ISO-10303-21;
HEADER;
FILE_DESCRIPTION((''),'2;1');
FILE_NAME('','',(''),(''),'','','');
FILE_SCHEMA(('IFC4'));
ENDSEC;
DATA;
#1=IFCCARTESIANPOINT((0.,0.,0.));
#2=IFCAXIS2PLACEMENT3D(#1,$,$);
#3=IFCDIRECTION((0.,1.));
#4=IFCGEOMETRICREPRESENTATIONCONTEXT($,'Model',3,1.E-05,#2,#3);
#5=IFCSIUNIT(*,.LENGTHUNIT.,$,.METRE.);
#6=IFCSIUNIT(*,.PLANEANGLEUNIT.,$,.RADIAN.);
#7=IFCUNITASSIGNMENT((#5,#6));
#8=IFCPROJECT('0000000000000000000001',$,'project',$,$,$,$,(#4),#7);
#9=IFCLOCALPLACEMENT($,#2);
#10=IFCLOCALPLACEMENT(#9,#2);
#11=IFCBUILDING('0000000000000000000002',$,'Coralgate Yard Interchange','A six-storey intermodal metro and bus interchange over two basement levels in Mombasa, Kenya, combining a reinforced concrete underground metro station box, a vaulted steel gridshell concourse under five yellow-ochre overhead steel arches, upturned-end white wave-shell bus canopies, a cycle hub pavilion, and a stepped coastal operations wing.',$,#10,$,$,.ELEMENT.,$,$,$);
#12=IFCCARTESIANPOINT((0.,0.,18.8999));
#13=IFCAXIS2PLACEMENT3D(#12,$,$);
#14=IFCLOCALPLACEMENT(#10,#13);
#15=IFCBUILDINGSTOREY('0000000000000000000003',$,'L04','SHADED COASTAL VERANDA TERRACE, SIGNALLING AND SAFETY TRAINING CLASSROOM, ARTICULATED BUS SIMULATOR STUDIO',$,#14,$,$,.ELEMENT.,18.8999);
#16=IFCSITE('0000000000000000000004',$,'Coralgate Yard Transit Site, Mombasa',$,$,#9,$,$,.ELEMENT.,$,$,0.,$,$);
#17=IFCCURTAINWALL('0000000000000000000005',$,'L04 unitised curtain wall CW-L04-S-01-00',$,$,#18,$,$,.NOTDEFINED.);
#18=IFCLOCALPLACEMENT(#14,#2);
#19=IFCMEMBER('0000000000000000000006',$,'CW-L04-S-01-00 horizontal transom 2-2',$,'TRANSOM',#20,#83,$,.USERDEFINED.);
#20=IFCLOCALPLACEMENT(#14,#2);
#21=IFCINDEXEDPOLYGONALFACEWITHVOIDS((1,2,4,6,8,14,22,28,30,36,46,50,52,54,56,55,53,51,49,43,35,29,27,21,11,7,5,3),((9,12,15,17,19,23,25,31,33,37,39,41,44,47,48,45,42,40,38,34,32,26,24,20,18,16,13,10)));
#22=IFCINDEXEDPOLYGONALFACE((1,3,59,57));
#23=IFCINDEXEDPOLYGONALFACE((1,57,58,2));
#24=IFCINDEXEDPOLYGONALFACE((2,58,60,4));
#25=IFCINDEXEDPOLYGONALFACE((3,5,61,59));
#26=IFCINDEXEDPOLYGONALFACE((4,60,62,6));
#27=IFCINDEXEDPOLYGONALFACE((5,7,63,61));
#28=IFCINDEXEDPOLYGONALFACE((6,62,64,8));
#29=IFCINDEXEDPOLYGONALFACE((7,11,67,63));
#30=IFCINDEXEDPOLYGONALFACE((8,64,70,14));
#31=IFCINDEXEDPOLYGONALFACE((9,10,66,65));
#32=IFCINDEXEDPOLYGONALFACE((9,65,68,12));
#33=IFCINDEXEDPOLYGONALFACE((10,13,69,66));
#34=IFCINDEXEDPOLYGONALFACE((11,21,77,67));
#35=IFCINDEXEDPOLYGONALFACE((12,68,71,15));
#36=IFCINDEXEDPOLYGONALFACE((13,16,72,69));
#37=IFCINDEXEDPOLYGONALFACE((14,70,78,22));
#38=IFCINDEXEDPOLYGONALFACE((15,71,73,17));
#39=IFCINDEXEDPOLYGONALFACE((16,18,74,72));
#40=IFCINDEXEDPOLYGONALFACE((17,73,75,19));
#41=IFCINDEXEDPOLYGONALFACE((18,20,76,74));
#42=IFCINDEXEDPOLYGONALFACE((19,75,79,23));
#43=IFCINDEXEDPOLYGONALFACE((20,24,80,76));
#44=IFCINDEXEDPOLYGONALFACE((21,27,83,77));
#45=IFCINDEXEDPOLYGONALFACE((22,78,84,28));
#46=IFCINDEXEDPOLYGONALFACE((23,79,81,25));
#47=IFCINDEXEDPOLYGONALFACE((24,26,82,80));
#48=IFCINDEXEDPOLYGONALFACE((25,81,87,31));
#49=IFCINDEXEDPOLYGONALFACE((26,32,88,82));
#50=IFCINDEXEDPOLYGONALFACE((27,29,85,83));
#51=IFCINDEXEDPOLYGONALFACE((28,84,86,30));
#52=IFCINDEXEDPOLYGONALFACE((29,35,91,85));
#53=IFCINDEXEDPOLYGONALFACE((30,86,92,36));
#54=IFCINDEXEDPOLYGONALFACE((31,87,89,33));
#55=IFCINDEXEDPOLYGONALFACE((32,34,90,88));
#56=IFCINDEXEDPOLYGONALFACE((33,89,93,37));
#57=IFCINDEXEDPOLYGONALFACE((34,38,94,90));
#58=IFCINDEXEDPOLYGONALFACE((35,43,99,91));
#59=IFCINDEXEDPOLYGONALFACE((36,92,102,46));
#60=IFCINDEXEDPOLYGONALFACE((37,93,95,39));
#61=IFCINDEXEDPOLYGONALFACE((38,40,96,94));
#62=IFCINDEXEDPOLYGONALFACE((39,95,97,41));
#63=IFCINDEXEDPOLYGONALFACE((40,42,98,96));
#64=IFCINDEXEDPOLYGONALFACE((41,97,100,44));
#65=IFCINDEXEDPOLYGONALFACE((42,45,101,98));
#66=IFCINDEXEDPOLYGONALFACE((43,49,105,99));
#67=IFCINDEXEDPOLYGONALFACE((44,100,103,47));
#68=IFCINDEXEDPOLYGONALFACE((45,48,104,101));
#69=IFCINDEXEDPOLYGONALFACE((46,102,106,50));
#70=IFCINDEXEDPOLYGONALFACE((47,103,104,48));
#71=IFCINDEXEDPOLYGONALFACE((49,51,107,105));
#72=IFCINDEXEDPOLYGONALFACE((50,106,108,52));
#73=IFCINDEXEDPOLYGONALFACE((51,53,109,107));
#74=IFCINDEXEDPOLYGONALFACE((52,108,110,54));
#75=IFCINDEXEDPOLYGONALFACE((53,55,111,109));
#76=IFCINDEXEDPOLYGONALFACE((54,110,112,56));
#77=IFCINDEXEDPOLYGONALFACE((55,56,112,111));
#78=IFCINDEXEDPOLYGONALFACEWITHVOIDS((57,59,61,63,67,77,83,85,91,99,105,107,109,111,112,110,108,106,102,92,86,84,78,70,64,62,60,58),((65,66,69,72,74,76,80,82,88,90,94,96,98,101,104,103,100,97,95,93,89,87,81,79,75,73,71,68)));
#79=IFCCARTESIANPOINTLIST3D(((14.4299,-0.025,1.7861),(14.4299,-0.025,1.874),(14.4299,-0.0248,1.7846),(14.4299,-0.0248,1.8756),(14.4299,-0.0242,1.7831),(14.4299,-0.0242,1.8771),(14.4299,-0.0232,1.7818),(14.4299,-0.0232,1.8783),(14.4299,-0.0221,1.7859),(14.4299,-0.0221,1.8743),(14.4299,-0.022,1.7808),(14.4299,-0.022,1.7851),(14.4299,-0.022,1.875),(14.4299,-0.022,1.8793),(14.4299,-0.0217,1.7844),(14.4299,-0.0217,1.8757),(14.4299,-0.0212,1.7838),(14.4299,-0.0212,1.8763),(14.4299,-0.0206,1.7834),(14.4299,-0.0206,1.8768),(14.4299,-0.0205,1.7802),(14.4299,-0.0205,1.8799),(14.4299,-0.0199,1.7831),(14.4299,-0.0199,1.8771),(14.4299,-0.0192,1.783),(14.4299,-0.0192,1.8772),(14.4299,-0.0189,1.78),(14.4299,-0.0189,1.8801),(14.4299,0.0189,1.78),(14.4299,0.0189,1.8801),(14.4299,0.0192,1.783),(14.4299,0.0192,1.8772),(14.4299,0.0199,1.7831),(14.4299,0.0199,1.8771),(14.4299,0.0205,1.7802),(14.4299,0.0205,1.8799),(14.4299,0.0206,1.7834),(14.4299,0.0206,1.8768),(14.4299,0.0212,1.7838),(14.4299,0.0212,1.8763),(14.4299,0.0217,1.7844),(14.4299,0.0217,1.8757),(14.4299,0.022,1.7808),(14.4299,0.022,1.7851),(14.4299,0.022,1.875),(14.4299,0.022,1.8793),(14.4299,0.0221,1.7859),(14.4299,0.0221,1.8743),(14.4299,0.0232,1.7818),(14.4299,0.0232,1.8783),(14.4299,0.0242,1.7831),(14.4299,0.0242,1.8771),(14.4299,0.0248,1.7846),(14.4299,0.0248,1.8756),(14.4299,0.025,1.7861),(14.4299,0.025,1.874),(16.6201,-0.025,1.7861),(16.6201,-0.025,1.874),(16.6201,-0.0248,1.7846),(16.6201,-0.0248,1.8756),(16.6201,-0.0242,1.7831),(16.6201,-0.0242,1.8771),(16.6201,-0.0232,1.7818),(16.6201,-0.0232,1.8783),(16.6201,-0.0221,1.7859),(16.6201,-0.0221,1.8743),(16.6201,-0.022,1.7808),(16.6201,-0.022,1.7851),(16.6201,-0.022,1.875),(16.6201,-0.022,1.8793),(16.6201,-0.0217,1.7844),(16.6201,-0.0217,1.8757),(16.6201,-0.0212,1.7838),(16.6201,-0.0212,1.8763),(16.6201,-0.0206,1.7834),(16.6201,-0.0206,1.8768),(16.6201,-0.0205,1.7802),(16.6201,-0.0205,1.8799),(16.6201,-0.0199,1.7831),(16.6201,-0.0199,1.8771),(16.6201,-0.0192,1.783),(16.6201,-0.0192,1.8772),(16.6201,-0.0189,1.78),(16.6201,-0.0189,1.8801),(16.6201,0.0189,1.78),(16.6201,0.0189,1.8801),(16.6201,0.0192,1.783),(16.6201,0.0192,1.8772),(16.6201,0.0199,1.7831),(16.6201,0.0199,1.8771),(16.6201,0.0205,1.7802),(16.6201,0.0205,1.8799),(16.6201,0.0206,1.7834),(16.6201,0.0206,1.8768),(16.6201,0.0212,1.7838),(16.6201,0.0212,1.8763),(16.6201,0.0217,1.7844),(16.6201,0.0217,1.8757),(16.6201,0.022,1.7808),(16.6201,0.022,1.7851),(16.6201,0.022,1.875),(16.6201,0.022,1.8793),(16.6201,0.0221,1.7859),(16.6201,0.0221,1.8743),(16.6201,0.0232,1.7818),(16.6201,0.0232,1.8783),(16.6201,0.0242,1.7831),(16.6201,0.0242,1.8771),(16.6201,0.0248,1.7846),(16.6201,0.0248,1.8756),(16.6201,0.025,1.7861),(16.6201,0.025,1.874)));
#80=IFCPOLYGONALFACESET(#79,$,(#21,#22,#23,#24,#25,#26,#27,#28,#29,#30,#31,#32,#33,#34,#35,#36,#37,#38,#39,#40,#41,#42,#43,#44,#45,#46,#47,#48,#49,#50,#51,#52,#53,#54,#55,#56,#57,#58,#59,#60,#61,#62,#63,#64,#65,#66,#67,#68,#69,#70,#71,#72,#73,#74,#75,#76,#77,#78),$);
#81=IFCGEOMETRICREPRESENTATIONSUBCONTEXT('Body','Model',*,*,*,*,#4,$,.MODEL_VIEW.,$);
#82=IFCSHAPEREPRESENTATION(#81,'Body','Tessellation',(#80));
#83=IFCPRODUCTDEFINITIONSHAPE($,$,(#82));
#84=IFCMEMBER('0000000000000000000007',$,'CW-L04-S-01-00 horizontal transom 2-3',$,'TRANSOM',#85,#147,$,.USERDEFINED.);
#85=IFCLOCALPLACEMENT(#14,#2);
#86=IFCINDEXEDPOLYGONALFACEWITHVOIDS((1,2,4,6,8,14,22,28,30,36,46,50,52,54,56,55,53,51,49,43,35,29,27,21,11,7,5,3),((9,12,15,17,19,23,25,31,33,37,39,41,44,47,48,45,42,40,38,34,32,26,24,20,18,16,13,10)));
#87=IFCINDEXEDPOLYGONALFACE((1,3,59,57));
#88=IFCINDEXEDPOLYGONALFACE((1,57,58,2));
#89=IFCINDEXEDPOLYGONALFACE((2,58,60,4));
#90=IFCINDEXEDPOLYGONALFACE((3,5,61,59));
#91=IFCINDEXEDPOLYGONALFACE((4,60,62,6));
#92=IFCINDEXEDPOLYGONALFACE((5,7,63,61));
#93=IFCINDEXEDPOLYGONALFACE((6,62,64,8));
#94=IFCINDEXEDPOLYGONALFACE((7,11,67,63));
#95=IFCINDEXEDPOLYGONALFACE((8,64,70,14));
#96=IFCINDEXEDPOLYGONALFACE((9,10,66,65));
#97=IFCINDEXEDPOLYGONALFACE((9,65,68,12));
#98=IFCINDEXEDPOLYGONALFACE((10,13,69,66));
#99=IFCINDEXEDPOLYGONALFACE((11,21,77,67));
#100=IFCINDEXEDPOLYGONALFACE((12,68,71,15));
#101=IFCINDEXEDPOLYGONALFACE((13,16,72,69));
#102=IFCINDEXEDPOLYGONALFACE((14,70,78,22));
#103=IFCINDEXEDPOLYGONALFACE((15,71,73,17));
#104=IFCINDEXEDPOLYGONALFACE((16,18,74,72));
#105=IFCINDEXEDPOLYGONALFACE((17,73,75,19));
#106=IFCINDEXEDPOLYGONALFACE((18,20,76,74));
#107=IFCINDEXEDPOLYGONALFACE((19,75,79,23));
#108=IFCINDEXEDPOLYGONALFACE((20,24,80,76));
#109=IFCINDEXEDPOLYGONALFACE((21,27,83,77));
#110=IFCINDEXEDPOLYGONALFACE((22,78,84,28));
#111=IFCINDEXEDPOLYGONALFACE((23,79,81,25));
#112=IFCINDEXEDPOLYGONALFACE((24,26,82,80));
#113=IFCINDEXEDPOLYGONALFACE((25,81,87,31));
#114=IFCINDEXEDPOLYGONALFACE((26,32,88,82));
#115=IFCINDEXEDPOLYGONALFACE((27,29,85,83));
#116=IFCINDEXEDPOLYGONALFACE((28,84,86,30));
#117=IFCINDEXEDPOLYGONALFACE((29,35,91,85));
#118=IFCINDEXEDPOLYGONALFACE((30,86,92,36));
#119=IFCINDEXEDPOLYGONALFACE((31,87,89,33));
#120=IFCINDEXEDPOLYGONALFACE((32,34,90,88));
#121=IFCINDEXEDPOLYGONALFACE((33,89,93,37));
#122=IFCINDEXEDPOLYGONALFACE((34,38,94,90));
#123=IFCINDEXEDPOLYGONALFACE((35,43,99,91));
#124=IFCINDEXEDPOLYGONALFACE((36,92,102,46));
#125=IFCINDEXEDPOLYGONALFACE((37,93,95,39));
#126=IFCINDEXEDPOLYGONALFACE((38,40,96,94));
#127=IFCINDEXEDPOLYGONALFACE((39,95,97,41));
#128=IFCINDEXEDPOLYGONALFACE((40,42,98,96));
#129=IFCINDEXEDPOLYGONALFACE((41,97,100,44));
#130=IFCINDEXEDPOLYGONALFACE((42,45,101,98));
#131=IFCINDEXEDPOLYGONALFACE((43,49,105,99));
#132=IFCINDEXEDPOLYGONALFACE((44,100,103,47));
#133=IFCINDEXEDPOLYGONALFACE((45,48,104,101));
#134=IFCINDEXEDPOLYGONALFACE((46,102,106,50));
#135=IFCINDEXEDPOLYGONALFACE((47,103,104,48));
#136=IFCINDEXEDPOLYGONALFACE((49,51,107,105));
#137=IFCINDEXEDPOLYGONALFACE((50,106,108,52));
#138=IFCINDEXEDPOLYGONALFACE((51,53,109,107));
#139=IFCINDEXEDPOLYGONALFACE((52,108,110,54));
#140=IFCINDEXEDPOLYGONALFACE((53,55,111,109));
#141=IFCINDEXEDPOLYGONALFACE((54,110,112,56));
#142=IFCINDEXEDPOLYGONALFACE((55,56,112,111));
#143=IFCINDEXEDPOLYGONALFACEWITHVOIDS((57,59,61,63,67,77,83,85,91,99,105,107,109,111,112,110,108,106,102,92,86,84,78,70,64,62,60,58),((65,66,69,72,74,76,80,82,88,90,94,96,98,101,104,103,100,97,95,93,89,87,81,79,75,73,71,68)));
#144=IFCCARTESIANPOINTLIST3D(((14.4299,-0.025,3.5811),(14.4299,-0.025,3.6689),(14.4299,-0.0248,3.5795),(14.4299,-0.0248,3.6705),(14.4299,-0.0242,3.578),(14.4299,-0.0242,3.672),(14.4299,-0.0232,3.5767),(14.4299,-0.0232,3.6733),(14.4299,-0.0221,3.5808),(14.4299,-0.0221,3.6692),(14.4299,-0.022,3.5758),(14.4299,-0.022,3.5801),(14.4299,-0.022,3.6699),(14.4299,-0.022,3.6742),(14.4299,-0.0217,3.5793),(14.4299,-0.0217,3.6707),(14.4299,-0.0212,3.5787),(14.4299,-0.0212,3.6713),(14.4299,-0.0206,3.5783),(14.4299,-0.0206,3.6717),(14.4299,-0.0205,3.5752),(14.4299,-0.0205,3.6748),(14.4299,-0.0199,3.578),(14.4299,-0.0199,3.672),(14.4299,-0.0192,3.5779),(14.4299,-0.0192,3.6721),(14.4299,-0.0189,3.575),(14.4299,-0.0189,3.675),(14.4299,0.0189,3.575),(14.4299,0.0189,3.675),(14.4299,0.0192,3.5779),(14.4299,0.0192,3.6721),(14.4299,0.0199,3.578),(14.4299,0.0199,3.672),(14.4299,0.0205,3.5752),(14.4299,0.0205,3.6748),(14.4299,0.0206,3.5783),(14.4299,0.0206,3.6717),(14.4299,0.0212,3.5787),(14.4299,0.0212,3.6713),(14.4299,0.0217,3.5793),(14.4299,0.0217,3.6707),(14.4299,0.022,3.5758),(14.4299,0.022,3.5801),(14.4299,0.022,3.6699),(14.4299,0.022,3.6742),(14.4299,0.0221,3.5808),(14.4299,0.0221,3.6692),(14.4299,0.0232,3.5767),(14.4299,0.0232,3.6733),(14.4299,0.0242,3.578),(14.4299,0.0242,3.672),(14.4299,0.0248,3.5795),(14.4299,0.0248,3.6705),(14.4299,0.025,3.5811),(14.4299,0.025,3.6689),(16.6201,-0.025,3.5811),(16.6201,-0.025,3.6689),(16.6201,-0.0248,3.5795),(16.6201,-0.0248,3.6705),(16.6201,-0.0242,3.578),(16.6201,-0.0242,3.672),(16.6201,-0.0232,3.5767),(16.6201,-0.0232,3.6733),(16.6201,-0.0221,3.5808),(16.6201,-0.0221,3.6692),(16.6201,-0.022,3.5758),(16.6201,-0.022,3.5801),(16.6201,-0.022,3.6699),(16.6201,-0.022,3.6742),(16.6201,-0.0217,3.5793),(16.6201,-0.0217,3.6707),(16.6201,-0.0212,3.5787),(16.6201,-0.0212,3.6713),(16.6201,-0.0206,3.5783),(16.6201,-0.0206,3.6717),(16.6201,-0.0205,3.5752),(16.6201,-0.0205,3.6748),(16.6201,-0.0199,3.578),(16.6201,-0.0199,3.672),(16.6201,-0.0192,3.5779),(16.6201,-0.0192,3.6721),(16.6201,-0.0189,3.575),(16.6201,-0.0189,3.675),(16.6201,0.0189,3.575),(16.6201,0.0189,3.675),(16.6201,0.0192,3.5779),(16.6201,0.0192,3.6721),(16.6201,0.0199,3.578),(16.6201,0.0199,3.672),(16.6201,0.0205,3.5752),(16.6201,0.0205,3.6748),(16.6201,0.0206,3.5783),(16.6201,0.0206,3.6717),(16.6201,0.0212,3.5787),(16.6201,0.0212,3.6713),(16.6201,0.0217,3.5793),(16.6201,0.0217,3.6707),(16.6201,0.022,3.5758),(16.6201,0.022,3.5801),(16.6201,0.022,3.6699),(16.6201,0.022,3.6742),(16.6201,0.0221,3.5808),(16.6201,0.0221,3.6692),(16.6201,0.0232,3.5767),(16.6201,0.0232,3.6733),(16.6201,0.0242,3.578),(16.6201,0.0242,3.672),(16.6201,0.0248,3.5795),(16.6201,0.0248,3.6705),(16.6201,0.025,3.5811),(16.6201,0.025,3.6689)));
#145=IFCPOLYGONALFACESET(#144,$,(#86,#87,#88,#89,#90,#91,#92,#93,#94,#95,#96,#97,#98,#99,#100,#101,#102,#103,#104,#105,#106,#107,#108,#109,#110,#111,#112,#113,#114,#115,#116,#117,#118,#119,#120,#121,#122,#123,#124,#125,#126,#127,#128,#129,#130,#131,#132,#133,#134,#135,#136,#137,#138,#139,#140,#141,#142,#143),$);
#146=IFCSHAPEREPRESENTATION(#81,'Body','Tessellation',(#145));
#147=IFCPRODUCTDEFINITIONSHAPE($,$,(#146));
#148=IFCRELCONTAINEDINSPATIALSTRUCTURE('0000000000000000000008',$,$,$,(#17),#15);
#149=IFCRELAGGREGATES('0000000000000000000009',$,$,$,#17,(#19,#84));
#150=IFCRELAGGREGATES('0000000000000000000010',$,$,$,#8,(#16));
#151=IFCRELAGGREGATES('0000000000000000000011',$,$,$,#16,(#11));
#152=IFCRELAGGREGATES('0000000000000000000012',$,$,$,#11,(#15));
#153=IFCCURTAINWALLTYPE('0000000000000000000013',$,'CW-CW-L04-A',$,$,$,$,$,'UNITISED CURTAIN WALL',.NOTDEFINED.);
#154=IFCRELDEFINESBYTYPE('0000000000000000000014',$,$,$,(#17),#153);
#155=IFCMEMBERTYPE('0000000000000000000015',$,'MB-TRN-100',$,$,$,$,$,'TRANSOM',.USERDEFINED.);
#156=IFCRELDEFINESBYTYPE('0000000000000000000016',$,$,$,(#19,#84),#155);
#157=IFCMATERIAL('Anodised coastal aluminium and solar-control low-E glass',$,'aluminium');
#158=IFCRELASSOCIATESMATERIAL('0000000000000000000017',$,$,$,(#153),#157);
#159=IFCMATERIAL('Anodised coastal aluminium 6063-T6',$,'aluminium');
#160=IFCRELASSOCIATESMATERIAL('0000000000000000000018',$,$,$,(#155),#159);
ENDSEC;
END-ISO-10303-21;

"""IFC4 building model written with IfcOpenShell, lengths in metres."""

from ifc_helpers import new_model, si_unit, direction, frame, origin, origin_2d, place, context, subcontext, project, spatial, hollow_rectangle, extrude, material, material_profile, profile_set, type_object, element, aggregate, save


model = new_model("IFC4")

# Units and contexts
model_context = context("Model", 3, precision=1e-05, world=origin(), true_north=direction((0.0, 1.0)))
body_context = subcontext(model_context, "Body", "Model", "MODEL_VIEW")
ifc_project = project(units=[si_unit("LENGTHUNIT", "METRE"), si_unit("PLANEANGLEUNIT", "RADIAN")], contexts=[model_context])

# Site, building, storey
site_placement = place(None, origin())
site = spatial("IfcSite", under=ifc_project, at=site_placement, Name="Coralgate Yard Transit Site, Mombasa", CompositionType="ELEMENT", RefElevation=0.0)
building_placement = place(site_placement, origin())
building = spatial("IfcBuilding", under=site, at=building_placement, Name="Coralgate Yard Interchange", Description="A six-storey intermodal metro and bus interchange over two basement levels in Mombasa, Kenya, combining a reinforced concrete underground metro station box, a vaulted steel gridshell concourse under five yellow-ochre overhead steel arches, upturned-end white wave-shell bus canopies, a cycle hub pavilion, and a stepped coastal operations wing.", CompositionType="ELEMENT")
storey_placement = place(building_placement, frame((0.0, 0.0, 18.8999)))
storey = spatial("IfcBuildingStorey", under=building, at=storey_placement, Name="L04", Description="SHADED COASTAL VERANDA TERRACE, SIGNALLING AND SAFETY TRAINING CLASSROOM, ARTICULATED BUS SIMULATOR STUDIO", CompositionType="ELEMENT", Elevation=18.8999)

# Curtain wall, members
ifc_material_1 = material(Name="Anodised coastal aluminium and solar-control low-E glass", Category="aluminium")
curtain_wall_type = type_object("IfcCurtainWallType", Name="CW-CW-L04-A", ElementType="UNITISED CURTAIN WALL", PredefinedType="NOTDEFINED", material=ifc_material_1)
curtain_wall_placement = place(storey_placement, origin())
curtain_wall = element("IfcCurtainWall", 1, at=curtain_wall_placement, inside=storey, type_object=curtain_wall_type, Name="L04 unitised curtain wall CW-L04-S-01-00", PredefinedType="NOTDEFINED")
ifc_material_2 = material(Name="Anodised coastal aluminium 6063-T6", Category="aluminium")
ifc_material_profile_1 = material_profile(ifc_material_2, hollow_rectangle(XDim=0.05, YDim=0.1001, WallThickness=0.0029, InnerFilletRadius=0.0029, OuterFilletRadius=0.0061, at=origin_2d()), Name="ALU 50x100x3")
ifc_profile_set_1 = profile_set([ifc_material_profile_1], Name="Anodised coastal aluminium 6063-T6")
member_type_1 = type_object("IfcMemberType", Name="MB-TRN-100", ElementType="TRANSOM", PredefinedType="USERDEFINED", material=ifc_profile_set_1)
member_1_placement = place(storey_placement, frame((16.6201, 0.0, 1.8301), z_axis=(-1.0, 0.0, 0.0), x_axis=(0.0, -1.0, 0.0)))
member_1 = element("IfcMember", 2, at=member_1_placement, type_object=member_type_1, Name="CW-L04-S-01-00 horizontal transom 2-2", ObjectType="TRANSOM", PredefinedType="USERDEFINED", context=body_context, shape_type="SweptSolid", body=[
    extrude(hollow_rectangle(XDim=0.05, YDim=0.1001, WallThickness=0.0029, InnerFilletRadius=0.0029, OuterFilletRadius=0.0061, at=origin_2d()), origin(), (0.0, 0.0, 1.0), 2.1902),
])
member_2_placement = place(storey_placement, frame((16.6201, 0.0, 3.625), z_axis=(-1.0, 0.0, 0.0), x_axis=(0.0, -1.0, 0.0)))
member_2 = element("IfcMember", 3, at=member_2_placement, type_object=member_type_1, Name="CW-L04-S-01-00 horizontal transom 2-3", ObjectType="TRANSOM", PredefinedType="USERDEFINED", context=body_context, shape_type="SweptSolid", body=[
    extrude(hollow_rectangle(XDim=0.05, YDim=0.1001, WallThickness=0.0029, InnerFilletRadius=0.0029, OuterFilletRadius=0.0061, at=origin_2d()), origin(), (0.0, 0.0, 1.0), 2.1902),
])
aggregate(curtain_wall, [member_1, member_2])

save(model, "model.ifc")
